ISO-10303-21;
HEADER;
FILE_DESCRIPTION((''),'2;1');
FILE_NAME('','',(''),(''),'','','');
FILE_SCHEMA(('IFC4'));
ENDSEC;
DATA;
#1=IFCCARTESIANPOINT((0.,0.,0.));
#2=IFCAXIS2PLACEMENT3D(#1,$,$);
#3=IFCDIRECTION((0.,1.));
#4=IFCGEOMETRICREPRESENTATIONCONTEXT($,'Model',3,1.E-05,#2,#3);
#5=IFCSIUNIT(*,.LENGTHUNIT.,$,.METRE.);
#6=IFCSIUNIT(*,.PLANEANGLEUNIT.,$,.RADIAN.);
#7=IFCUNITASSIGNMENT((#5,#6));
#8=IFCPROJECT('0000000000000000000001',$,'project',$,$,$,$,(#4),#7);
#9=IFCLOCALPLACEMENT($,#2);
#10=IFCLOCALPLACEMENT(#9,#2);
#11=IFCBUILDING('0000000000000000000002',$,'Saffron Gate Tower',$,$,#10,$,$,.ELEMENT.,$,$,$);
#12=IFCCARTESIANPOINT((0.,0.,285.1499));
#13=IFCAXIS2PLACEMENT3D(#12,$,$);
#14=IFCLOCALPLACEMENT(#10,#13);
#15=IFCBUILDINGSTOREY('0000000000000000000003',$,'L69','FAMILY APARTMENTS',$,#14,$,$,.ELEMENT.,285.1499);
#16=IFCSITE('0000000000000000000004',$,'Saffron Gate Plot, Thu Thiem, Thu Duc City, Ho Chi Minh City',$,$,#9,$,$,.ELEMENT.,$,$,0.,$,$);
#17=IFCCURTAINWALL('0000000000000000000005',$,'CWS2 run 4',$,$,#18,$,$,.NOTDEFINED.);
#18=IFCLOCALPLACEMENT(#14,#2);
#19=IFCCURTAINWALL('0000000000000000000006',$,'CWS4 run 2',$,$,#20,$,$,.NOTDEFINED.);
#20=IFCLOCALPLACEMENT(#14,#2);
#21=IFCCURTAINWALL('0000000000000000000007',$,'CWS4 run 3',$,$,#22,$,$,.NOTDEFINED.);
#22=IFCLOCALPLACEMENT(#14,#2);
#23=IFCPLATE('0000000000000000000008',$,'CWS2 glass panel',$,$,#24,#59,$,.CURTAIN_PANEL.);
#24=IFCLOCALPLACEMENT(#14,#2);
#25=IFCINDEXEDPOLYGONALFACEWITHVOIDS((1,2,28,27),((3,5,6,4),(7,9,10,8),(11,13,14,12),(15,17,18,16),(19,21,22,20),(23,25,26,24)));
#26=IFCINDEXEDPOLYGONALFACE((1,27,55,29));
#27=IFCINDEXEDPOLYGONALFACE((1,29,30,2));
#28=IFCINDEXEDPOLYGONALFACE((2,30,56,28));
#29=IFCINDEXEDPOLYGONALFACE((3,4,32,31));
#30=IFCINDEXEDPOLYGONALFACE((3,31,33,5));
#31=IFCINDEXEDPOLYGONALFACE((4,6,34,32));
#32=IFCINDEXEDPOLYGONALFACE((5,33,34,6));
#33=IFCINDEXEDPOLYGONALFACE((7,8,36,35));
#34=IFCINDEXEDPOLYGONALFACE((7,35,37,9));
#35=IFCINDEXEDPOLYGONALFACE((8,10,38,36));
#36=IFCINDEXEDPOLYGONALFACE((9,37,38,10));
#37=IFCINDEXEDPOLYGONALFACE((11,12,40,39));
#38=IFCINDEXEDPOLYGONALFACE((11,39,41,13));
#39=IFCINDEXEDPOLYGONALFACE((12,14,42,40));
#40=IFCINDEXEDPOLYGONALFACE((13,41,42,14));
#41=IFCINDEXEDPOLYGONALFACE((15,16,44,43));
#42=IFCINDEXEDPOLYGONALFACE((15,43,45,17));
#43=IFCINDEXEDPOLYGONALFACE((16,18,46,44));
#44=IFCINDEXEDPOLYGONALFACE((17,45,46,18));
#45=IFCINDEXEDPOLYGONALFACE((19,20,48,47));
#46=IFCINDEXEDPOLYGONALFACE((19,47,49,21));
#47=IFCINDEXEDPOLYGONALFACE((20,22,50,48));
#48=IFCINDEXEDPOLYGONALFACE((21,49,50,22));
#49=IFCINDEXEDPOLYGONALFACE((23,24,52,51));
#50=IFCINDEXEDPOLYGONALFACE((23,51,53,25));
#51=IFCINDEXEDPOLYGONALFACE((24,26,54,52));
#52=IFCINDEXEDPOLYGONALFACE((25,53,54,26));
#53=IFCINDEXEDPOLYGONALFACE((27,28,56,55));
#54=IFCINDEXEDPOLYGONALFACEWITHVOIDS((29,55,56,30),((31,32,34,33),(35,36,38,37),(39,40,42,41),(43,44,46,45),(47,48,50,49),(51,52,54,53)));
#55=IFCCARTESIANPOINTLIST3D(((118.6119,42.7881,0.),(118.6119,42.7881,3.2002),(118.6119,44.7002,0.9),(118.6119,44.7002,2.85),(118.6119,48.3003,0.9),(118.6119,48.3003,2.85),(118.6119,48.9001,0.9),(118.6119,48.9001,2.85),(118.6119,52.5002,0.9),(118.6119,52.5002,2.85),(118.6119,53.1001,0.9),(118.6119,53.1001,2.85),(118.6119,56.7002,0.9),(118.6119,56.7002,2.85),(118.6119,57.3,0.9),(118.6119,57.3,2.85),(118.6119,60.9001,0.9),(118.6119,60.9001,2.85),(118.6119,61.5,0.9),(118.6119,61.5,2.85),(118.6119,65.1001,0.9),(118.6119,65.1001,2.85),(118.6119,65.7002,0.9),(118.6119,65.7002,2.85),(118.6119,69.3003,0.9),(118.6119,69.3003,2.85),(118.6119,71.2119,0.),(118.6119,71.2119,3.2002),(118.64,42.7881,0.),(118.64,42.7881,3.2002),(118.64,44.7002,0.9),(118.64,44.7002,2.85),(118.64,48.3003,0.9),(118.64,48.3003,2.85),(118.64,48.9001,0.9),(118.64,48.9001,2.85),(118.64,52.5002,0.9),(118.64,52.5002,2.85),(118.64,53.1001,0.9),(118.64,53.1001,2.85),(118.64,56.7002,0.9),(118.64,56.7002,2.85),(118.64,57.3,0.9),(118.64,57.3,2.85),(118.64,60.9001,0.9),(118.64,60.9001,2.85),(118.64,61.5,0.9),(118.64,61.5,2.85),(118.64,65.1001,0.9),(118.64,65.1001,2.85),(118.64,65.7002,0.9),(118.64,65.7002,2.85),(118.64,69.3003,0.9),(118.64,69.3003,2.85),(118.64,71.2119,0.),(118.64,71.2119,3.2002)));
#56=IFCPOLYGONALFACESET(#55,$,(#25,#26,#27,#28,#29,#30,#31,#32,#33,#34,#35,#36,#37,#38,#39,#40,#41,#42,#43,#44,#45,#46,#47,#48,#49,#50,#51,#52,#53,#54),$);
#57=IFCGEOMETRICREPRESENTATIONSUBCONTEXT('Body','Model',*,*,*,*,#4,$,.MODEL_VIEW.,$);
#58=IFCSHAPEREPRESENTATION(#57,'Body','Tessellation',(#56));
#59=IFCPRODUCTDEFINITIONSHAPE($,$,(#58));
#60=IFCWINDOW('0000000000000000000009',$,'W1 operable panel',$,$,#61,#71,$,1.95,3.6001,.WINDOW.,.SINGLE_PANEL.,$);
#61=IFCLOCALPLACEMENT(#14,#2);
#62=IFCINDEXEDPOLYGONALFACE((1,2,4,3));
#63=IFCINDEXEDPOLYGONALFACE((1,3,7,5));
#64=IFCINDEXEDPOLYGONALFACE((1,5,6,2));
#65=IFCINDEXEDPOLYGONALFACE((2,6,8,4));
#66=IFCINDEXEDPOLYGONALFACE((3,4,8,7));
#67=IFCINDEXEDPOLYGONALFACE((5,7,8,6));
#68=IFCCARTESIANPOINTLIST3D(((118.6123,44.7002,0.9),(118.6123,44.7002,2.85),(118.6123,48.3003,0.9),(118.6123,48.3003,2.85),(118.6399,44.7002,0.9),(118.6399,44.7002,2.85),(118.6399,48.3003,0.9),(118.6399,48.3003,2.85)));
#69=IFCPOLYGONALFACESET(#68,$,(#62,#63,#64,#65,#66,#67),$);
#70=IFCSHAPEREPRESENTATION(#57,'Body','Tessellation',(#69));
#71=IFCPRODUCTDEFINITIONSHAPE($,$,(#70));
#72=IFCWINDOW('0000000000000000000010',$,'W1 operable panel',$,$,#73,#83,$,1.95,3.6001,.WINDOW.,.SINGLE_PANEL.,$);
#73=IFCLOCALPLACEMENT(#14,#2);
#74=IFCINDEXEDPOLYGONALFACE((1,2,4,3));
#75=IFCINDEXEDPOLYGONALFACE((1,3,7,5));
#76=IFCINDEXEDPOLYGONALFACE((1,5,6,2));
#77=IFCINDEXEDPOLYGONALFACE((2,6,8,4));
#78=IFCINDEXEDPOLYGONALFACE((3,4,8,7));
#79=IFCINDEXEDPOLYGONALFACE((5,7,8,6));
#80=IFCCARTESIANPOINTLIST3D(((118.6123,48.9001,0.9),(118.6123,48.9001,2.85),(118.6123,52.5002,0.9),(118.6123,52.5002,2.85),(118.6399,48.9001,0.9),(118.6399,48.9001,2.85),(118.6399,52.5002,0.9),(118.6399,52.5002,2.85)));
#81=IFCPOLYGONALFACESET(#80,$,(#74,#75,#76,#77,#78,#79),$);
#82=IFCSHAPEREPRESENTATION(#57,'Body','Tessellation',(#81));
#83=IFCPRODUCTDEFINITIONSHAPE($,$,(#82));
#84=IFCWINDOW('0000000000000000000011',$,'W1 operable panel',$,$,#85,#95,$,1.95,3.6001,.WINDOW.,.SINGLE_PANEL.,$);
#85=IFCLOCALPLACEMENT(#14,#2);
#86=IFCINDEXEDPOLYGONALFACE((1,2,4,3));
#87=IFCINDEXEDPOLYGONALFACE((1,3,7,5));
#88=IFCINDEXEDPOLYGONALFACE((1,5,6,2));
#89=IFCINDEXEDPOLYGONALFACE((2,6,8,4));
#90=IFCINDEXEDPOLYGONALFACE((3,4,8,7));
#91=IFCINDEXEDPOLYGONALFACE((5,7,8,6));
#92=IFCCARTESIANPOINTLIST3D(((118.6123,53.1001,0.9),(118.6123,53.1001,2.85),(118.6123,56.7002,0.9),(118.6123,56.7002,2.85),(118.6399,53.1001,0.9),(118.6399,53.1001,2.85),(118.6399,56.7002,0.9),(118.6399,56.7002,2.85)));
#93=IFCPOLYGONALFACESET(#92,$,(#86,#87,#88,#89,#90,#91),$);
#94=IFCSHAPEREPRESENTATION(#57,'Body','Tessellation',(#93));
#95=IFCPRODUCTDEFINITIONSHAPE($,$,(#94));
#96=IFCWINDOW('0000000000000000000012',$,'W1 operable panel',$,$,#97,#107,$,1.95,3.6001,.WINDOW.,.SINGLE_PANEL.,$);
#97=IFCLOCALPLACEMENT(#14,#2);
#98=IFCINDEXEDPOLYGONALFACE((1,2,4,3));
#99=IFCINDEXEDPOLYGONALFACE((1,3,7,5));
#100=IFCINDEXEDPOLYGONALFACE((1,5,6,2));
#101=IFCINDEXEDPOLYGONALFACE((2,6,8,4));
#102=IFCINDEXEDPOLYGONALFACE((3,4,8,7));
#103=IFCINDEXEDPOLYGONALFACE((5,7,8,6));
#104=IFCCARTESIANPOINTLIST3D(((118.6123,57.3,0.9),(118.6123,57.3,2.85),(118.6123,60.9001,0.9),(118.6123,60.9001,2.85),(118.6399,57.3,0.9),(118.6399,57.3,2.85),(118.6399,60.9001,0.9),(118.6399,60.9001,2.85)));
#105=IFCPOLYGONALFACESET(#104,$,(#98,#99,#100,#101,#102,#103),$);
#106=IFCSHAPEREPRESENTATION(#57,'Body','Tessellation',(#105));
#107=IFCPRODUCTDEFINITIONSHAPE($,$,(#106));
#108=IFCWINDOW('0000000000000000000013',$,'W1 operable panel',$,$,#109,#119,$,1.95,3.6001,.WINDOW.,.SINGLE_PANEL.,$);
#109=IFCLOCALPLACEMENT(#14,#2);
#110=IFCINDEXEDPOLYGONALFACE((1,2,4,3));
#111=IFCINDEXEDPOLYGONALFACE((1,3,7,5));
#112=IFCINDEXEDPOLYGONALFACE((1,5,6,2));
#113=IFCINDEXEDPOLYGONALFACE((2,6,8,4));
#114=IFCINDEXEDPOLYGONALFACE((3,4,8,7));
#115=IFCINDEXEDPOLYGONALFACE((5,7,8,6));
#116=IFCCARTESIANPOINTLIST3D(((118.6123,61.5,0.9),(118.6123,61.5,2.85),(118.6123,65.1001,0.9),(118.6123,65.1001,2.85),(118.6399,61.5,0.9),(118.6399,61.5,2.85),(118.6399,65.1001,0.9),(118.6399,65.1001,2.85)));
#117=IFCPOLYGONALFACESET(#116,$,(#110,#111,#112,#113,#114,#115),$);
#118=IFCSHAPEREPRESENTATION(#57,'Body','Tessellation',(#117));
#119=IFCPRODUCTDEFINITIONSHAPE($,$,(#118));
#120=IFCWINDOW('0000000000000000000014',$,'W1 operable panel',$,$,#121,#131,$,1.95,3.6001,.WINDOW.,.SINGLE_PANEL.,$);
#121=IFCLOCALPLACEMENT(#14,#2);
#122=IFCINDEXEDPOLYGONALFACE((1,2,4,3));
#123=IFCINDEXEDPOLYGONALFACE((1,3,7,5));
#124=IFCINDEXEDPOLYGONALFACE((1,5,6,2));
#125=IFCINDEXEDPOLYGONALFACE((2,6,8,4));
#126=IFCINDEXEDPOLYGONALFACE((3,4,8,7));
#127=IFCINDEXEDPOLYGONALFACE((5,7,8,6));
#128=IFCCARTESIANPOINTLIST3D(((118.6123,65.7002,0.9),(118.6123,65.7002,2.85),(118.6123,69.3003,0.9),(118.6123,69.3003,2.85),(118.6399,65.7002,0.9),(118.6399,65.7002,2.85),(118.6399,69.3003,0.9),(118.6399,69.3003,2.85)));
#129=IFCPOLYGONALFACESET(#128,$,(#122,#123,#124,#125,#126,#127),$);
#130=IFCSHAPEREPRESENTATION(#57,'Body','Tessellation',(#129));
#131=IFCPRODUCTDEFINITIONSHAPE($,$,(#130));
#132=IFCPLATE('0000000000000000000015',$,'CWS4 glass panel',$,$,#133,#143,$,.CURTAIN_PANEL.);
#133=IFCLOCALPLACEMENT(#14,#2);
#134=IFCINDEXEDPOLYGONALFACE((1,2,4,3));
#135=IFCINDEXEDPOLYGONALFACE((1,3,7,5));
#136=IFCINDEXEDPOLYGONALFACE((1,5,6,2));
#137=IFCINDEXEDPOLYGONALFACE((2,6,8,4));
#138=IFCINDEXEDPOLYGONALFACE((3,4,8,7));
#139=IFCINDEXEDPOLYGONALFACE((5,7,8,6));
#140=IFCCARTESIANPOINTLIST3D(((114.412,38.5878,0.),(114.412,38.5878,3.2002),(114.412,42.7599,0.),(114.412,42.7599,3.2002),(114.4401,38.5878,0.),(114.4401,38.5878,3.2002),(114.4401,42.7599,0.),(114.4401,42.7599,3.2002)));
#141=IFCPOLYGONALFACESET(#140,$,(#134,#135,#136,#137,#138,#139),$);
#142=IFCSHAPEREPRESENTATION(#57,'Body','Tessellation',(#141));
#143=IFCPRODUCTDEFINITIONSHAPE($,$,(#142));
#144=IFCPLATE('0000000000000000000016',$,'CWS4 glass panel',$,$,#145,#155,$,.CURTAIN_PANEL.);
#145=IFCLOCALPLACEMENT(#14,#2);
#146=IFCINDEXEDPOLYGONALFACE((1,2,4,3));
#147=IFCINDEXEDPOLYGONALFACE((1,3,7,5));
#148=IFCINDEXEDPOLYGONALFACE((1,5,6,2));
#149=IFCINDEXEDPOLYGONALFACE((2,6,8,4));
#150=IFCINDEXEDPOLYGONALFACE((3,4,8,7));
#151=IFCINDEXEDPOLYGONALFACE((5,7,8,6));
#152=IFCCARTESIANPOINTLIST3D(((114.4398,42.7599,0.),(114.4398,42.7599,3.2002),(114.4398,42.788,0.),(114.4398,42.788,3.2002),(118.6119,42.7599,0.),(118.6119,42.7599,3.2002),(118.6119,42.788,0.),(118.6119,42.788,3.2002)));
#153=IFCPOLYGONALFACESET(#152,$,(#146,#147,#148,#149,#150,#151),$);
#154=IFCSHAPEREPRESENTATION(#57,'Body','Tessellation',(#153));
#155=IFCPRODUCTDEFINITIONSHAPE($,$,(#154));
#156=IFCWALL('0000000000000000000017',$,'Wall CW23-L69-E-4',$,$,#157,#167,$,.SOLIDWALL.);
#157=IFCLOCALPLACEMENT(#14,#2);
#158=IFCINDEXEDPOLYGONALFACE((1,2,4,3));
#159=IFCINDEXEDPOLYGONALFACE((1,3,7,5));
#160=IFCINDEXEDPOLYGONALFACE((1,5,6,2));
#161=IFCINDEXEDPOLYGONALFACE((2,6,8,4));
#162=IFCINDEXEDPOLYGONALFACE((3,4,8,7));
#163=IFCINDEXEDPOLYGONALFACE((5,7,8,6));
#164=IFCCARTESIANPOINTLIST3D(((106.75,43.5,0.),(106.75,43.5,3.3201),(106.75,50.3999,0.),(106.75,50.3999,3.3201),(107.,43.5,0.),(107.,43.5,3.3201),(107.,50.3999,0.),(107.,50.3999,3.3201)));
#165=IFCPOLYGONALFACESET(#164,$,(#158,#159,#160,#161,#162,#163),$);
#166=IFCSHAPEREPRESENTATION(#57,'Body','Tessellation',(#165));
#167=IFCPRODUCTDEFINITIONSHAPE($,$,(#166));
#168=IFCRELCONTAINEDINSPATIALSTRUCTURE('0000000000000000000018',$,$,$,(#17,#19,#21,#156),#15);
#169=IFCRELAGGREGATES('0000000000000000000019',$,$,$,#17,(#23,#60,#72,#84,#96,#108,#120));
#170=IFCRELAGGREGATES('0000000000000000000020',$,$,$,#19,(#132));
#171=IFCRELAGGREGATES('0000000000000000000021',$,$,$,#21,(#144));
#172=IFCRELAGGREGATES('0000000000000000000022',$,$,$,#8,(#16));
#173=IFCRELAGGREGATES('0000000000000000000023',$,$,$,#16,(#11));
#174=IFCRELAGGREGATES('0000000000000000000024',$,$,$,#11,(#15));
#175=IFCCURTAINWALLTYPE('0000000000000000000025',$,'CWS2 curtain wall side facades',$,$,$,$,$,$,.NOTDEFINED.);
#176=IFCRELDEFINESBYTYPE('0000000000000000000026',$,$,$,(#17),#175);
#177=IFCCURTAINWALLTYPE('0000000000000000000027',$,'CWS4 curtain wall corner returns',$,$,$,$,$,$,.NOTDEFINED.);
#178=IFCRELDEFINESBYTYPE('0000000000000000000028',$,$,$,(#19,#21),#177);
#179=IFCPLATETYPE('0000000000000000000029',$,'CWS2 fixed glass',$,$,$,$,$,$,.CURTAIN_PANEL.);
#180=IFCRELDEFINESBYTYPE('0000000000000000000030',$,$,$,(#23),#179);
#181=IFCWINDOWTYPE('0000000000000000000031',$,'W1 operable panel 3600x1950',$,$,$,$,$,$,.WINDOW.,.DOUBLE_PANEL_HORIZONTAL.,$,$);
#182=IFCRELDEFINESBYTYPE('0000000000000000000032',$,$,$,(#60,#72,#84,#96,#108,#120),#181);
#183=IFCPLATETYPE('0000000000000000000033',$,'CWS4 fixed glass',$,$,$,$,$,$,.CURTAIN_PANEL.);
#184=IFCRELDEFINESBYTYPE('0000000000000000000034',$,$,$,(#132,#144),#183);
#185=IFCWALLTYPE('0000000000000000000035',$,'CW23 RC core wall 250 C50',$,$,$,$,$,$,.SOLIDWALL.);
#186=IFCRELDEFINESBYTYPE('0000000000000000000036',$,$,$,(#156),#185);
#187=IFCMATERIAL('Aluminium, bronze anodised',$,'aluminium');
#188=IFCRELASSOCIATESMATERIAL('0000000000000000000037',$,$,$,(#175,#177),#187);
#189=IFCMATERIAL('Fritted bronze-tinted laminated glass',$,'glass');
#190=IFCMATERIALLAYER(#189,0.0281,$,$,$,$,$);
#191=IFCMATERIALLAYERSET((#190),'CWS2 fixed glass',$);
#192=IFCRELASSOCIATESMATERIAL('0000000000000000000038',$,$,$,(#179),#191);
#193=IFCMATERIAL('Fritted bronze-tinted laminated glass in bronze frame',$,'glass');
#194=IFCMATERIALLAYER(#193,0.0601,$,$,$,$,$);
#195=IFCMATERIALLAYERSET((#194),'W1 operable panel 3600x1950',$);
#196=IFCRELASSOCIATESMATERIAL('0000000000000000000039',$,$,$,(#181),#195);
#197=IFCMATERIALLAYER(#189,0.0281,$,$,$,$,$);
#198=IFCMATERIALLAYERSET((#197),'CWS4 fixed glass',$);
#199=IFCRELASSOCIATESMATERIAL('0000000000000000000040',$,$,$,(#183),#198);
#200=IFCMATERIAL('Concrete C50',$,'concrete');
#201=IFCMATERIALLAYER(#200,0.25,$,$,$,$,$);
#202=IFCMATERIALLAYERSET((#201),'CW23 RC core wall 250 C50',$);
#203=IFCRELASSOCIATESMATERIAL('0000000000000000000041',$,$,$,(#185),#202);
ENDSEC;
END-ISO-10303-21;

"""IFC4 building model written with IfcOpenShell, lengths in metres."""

from ifc_helpers import new_model, si_unit, direction, frame, frame_2d, origin, place, context, subcontext, project, spatial, rectangle, extrude, material, layer, layer_set, type_object, element, fill, aggregate, save


model = new_model("IFC4")

# Units and contexts
model_context = context("Model", 3, precision=1e-05, world=origin(), true_north=direction((0.0, 1.0)))
body_context = subcontext(model_context, "Body", "Model", "MODEL_VIEW")
ifc_project = project(units=[si_unit("LENGTHUNIT", "METRE"), si_unit("PLANEANGLEUNIT", "RADIAN")], contexts=[model_context])

# Site, building, storey
site_placement = place(None, origin())
site = spatial("IfcSite", under=ifc_project, at=site_placement, Name="Saffron Gate Plot, Thu Thiem, Thu Duc City, Ho Chi Minh City", CompositionType="ELEMENT", RefElevation=0.0)
building_placement = place(site_placement, origin())
building = spatial("IfcBuilding", under=site, at=building_placement, Name="Saffron Gate Tower", CompositionType="ELEMENT")
storey_placement = place(building_placement, frame((0.0, 0.0, 285.1499)))
storey = spatial("IfcBuildingStorey", under=building, at=storey_placement, Name="L69", Description="FAMILY APARTMENTS", CompositionType="ELEMENT", Elevation=285.1499)

# Shared definitions
ifc_material_1 = material(Name="Aluminium, bronze anodised", Category="aluminium")

# Curtain wall
curtain_wall_type_1 = type_object("IfcCurtainWallType", Name="CWS2 curtain wall side facades", PredefinedType="NOTDEFINED", material=ifc_material_1)
curtain_wall_1_placement = place(storey_placement, origin())
curtain_wall_1 = element("IfcCurtainWall", 1, at=curtain_wall_1_placement, inside=storey, type_object=curtain_wall_type_1, Name="CWS2 run 4", PredefinedType="NOTDEFINED")

# Curtain walls
curtain_wall_type_2 = type_object("IfcCurtainWallType", Name="CWS4 curtain wall corner returns", PredefinedType="NOTDEFINED", material=ifc_material_1)
curtain_wall_2_placement = place(storey_placement, origin())
curtain_wall_2 = element("IfcCurtainWall", 2, at=curtain_wall_2_placement, inside=storey, type_object=curtain_wall_type_2, Name="CWS4 run 2", PredefinedType="NOTDEFINED")
curtain_wall_3_placement = place(storey_placement, origin())
curtain_wall_3 = element("IfcCurtainWall", 3, at=curtain_wall_3_placement, inside=storey, type_object=curtain_wall_type_2, Name="CWS4 run 3", PredefinedType="NOTDEFINED")

# Plate, openings, windows
ifc_material_2 = material(Name="Fritted bronze-tinted laminated glass", Category="glass")
ifc_layer_1 = layer(ifc_material_2, 0.0281)
ifc_layer_set_1 = layer_set([ifc_layer_1], Name="CWS2 fixed glass")
plate_type_1 = type_object("IfcPlateType", Name="CWS2 fixed glass", PredefinedType="CURTAIN_PANEL", material=ifc_layer_set_1)
plate_1_placement = place(storey_placement, frame((118.626, 42.7881, 0.0), z_axis=(0.0, 0.0, 1.0), x_axis=(0.0, 1.0, 0.0)))
plate_1 = element("IfcPlate", 4, at=plate_1_placement, type_object=plate_type_1, Name="CWS2 glass panel", PredefinedType="CURTAIN_PANEL", context=body_context, shape_type="SweptSolid", body=[
    extrude(rectangle(XDim=28.4238, YDim=0.0281, at=frame_2d((14.2119, 0.0))), origin(), (0.0, 0.0, 1.0), 3.2002),
])
opening_1_placement = place(plate_1_placement, frame((1.9121, 0.0, 0.8999)))
opening_1 = element("IfcOpeningElement", 5, at=opening_1_placement, cuts=plate_1, PredefinedType="OPENING", context=body_context, shape_type="SweptSolid", body=[
    extrude(rectangle(XDim=3.6001, YDim=1.95, at=frame_2d((1.8, 0.9751))), frame((0.0, 0.0239, 0.0), z_axis=(0.0, -1.0, 0.0), x_axis=(1.0, 0.0, 0.0)), (0.0, 0.0, 1.0), 0.0481),
])
opening_2_placement = place(plate_1_placement, frame((6.1121, 0.0, 0.8999)))
opening_2 = element("IfcOpeningElement", 6, at=opening_2_placement, cuts=plate_1, PredefinedType="OPENING", context=body_context, shape_type="SweptSolid", body=[
    extrude(rectangle(XDim=3.6001, YDim=1.95, at=frame_2d((1.8, 0.9751))), frame((0.0, 0.0239, 0.0), z_axis=(0.0, -1.0, 0.0), x_axis=(1.0, 0.0, 0.0)), (0.0, 0.0, 1.0), 0.0481),
])
opening_3_placement = place(plate_1_placement, frame((10.312, 0.0, 0.8999)))
opening_3 = element("IfcOpeningElement", 7, at=opening_3_placement, cuts=plate_1, PredefinedType="OPENING", context=body_context, shape_type="SweptSolid", body=[
    extrude(rectangle(XDim=3.6001, YDim=1.95, at=frame_2d((1.8, 0.9751))), frame((0.0, 0.0239, 0.0), z_axis=(0.0, -1.0, 0.0), x_axis=(1.0, 0.0, 0.0)), (0.0, 0.0, 1.0), 0.0481),
])
opening_4_placement = place(plate_1_placement, frame((14.512, 0.0, 0.8999)))
opening_4 = element("IfcOpeningElement", 8, at=opening_4_placement, cuts=plate_1, PredefinedType="OPENING", context=body_context, shape_type="SweptSolid", body=[
    extrude(rectangle(XDim=3.6001, YDim=1.95, at=frame_2d((1.8, 0.9751))), frame((0.0, 0.0239, 0.0), z_axis=(0.0, -1.0, 0.0), x_axis=(1.0, 0.0, 0.0)), (0.0, 0.0, 1.0), 0.0481),
])
opening_5_placement = place(plate_1_placement, frame((18.7119, 0.0, 0.8999)))
opening_5 = element("IfcOpeningElement", 9, at=opening_5_placement, cuts=plate_1, PredefinedType="OPENING", context=body_context, shape_type="SweptSolid", body=[
    extrude(rectangle(XDim=3.6001, YDim=1.95, at=frame_2d((1.8, 0.9751))), frame((0.0, 0.0239, 0.0), z_axis=(0.0, -1.0, 0.0), x_axis=(1.0, 0.0, 0.0)), (0.0, 0.0, 1.0), 0.0481),
])
opening_6_placement = place(plate_1_placement, frame((22.9121, 0.0, 0.8999)))
opening_6 = element("IfcOpeningElement", 10, at=opening_6_placement, cuts=plate_1, PredefinedType="OPENING", context=body_context, shape_type="SweptSolid", body=[
    extrude(rectangle(XDim=3.6001, YDim=1.95, at=frame_2d((1.8, 0.9751))), frame((0.0, 0.0239, 0.0), z_axis=(0.0, -1.0, 0.0), x_axis=(1.0, 0.0, 0.0)), (0.0, 0.0, 1.0), 0.0481),
])
ifc_material_3 = material(Name="Fritted bronze-tinted laminated glass in bronze frame", Category="glass")
ifc_layer_2 = layer(ifc_material_3, 0.0601)
ifc_layer_set_2 = layer_set([ifc_layer_2], Name="W1 operable panel 3600x1950")
window_type = type_object("IfcWindowType", Name="W1 operable panel 3600x1950", PartitioningType="DOUBLE_PANEL_HORIZONTAL", PredefinedType="WINDOW", material=ifc_layer_set_2)
window_1_placement = place(opening_1_placement, origin())
window_1 = element("IfcWindow", 11, at=window_1_placement, type_object=window_type, Name="W1 operable panel", OverallHeight=1.95, OverallWidth=3.6001, PartitioningType="SINGLE_PANEL", PredefinedType="WINDOW", context=body_context, shape_type="SweptSolid", body=[
    extrude(rectangle(XDim=3.6001, YDim=1.95, at=frame_2d((1.8, 0.9751))), frame((0.0, 0.0137, 0.0), z_axis=(0.0, -1.0, 0.0), x_axis=(1.0, 0.0, 0.0)), (0.0, 0.0, 1.0), 0.0276),
])
fill(opening_1, window_1)
window_2_placement = place(opening_2_placement, origin())
window_2 = element("IfcWindow", 12, at=window_2_placement, type_object=window_type, Name="W1 operable panel", OverallHeight=1.95, OverallWidth=3.6001, PartitioningType="SINGLE_PANEL", PredefinedType="WINDOW", context=body_context, shape_type="SweptSolid", body=[
    extrude(rectangle(XDim=3.6001, YDim=1.95, at=frame_2d((1.8, 0.9751))), frame((0.0, 0.0137, 0.0), z_axis=(0.0, -1.0, 0.0), x_axis=(1.0, 0.0, 0.0)), (0.0, 0.0, 1.0), 0.0276),
])
fill(opening_2, window_2)
window_3_placement = place(opening_3_placement, origin())
window_3 = element("IfcWindow", 13, at=window_3_placement, type_object=window_type, Name="W1 operable panel", OverallHeight=1.95, OverallWidth=3.6001, PartitioningType="SINGLE_PANEL", PredefinedType="WINDOW", context=body_context, shape_type="SweptSolid", body=[
    extrude(rectangle(XDim=3.6001, YDim=1.95, at=frame_2d((1.8, 0.9751))), frame((0.0, 0.0137, 0.0), z_axis=(0.0, -1.0, 0.0), x_axis=(1.0, 0.0, 0.0)), (0.0, 0.0, 1.0), 0.0276),
])
fill(opening_3, window_3)
window_4_placement = place(opening_4_placement, origin())
window_4 = element("IfcWindow", 14, at=window_4_placement, type_object=window_type, Name="W1 operable panel", OverallHeight=1.95, OverallWidth=3.6001, PartitioningType="SINGLE_PANEL", PredefinedType="WINDOW", context=body_context, shape_type="SweptSolid", body=[
    extrude(rectangle(XDim=3.6001, YDim=1.95, at=frame_2d((1.8, 0.9751))), frame((0.0, 0.0137, 0.0), z_axis=(0.0, -1.0, 0.0), x_axis=(1.0, 0.0, 0.0)), (0.0, 0.0, 1.0), 0.0276),
])
fill(opening_4, window_4)
window_5_placement = place(opening_5_placement, origin())
window_5 = element("IfcWindow", 15, at=window_5_placement, type_object=window_type, Name="W1 operable panel", OverallHeight=1.95, OverallWidth=3.6001, PartitioningType="SINGLE_PANEL", PredefinedType="WINDOW", context=body_context, shape_type="SweptSolid", body=[
    extrude(rectangle(XDim=3.6001, YDim=1.95, at=frame_2d((1.8, 0.9751))), frame((0.0, 0.0137, 0.0), z_axis=(0.0, -1.0, 0.0), x_axis=(1.0, 0.0, 0.0)), (0.0, 0.0, 1.0), 0.0276),
])
fill(opening_5, window_5)
window_6_placement = place(opening_6_placement, origin())
window_6 = element("IfcWindow", 16, at=window_6_placement, type_object=window_type, Name="W1 operable panel", OverallHeight=1.95, OverallWidth=3.6001, PartitioningType="SINGLE_PANEL", PredefinedType="WINDOW", context=body_context, shape_type="SweptSolid", body=[
    extrude(rectangle(XDim=3.6001, YDim=1.95, at=frame_2d((1.8, 0.9751))), frame((0.0, 0.0137, 0.0), z_axis=(0.0, -1.0, 0.0), x_axis=(1.0, 0.0, 0.0)), (0.0, 0.0, 1.0), 0.0276),
])
fill(opening_6, window_6)
aggregate(curtain_wall_1, [plate_1, window_1, window_2, window_3, window_4, window_5, window_6])

# Plates
ifc_layer_3 = layer(ifc_material_2, 0.0281)
ifc_layer_set_3 = layer_set([ifc_layer_3], Name="CWS4 fixed glass")
plate_type_2 = type_object("IfcPlateType", Name="CWS4 fixed glass", PredefinedType="CURTAIN_PANEL", material=ifc_layer_set_3)
plate_2_placement = place(storey_placement, frame((114.426, 38.5879, 0.0), z_axis=(0.0, 0.0, 1.0), x_axis=(0.0, 1.0, 0.0)))
plate_2 = element("IfcPlate", 17, at=plate_2_placement, type_object=plate_type_2, Name="CWS4 glass panel", PredefinedType="CURTAIN_PANEL", context=body_context, shape_type="SweptSolid", body=[
    extrude(rectangle(XDim=4.1721, YDim=0.0281, at=frame_2d((2.0859, 0.0))), origin(), (0.0, 0.0, 1.0), 3.2002),
])
aggregate(curtain_wall_2, [plate_2])
plate_3_placement = place(storey_placement, frame((114.4399, 42.7739, 0.0), z_axis=(0.0, 0.0, 1.0), x_axis=(1.0, 0.0, 0.0)))
plate_3 = element("IfcPlate", 18, at=plate_3_placement, type_object=plate_type_2, Name="CWS4 glass panel", PredefinedType="CURTAIN_PANEL", context=body_context, shape_type="SweptSolid", body=[
    extrude(rectangle(XDim=4.1721, YDim=0.0281, at=frame_2d((2.0859, 0.0))), origin(), (0.0, 0.0, 1.0), 3.2002),
])
aggregate(curtain_wall_3, [plate_3])

# Wall
ifc_material_4 = material(Name="Concrete C50", Category="concrete")
ifc_layer_4 = layer(ifc_material_4, 0.25)
ifc_layer_set_4 = layer_set([ifc_layer_4], Name="CW23 RC core wall 250 C50")
wall_type_1 = type_object("IfcWallType", Name="CW23 RC core wall 250 C50", PredefinedType="SOLIDWALL", material=ifc_layer_set_4)
wall_1_placement = place(storey_placement, frame((106.875, 43.5, 0.0), z_axis=(0.0, 0.0, 1.0), x_axis=(0.0, 1.0, 0.0)))
element("IfcWall", 19, at=wall_1_placement, inside=storey, type_object=wall_type_1, Name="Wall CW23-L69-E-4", PredefinedType="SOLIDWALL", context=body_context, shape_type="SweptSolid", body=[
    extrude(rectangle(XDim=6.8999, YDim=0.25, at=frame_2d((3.45, 0.0))), origin(), (0.0, 0.0, 1.0), 3.3201),
])

save(model, "model.ifc")
